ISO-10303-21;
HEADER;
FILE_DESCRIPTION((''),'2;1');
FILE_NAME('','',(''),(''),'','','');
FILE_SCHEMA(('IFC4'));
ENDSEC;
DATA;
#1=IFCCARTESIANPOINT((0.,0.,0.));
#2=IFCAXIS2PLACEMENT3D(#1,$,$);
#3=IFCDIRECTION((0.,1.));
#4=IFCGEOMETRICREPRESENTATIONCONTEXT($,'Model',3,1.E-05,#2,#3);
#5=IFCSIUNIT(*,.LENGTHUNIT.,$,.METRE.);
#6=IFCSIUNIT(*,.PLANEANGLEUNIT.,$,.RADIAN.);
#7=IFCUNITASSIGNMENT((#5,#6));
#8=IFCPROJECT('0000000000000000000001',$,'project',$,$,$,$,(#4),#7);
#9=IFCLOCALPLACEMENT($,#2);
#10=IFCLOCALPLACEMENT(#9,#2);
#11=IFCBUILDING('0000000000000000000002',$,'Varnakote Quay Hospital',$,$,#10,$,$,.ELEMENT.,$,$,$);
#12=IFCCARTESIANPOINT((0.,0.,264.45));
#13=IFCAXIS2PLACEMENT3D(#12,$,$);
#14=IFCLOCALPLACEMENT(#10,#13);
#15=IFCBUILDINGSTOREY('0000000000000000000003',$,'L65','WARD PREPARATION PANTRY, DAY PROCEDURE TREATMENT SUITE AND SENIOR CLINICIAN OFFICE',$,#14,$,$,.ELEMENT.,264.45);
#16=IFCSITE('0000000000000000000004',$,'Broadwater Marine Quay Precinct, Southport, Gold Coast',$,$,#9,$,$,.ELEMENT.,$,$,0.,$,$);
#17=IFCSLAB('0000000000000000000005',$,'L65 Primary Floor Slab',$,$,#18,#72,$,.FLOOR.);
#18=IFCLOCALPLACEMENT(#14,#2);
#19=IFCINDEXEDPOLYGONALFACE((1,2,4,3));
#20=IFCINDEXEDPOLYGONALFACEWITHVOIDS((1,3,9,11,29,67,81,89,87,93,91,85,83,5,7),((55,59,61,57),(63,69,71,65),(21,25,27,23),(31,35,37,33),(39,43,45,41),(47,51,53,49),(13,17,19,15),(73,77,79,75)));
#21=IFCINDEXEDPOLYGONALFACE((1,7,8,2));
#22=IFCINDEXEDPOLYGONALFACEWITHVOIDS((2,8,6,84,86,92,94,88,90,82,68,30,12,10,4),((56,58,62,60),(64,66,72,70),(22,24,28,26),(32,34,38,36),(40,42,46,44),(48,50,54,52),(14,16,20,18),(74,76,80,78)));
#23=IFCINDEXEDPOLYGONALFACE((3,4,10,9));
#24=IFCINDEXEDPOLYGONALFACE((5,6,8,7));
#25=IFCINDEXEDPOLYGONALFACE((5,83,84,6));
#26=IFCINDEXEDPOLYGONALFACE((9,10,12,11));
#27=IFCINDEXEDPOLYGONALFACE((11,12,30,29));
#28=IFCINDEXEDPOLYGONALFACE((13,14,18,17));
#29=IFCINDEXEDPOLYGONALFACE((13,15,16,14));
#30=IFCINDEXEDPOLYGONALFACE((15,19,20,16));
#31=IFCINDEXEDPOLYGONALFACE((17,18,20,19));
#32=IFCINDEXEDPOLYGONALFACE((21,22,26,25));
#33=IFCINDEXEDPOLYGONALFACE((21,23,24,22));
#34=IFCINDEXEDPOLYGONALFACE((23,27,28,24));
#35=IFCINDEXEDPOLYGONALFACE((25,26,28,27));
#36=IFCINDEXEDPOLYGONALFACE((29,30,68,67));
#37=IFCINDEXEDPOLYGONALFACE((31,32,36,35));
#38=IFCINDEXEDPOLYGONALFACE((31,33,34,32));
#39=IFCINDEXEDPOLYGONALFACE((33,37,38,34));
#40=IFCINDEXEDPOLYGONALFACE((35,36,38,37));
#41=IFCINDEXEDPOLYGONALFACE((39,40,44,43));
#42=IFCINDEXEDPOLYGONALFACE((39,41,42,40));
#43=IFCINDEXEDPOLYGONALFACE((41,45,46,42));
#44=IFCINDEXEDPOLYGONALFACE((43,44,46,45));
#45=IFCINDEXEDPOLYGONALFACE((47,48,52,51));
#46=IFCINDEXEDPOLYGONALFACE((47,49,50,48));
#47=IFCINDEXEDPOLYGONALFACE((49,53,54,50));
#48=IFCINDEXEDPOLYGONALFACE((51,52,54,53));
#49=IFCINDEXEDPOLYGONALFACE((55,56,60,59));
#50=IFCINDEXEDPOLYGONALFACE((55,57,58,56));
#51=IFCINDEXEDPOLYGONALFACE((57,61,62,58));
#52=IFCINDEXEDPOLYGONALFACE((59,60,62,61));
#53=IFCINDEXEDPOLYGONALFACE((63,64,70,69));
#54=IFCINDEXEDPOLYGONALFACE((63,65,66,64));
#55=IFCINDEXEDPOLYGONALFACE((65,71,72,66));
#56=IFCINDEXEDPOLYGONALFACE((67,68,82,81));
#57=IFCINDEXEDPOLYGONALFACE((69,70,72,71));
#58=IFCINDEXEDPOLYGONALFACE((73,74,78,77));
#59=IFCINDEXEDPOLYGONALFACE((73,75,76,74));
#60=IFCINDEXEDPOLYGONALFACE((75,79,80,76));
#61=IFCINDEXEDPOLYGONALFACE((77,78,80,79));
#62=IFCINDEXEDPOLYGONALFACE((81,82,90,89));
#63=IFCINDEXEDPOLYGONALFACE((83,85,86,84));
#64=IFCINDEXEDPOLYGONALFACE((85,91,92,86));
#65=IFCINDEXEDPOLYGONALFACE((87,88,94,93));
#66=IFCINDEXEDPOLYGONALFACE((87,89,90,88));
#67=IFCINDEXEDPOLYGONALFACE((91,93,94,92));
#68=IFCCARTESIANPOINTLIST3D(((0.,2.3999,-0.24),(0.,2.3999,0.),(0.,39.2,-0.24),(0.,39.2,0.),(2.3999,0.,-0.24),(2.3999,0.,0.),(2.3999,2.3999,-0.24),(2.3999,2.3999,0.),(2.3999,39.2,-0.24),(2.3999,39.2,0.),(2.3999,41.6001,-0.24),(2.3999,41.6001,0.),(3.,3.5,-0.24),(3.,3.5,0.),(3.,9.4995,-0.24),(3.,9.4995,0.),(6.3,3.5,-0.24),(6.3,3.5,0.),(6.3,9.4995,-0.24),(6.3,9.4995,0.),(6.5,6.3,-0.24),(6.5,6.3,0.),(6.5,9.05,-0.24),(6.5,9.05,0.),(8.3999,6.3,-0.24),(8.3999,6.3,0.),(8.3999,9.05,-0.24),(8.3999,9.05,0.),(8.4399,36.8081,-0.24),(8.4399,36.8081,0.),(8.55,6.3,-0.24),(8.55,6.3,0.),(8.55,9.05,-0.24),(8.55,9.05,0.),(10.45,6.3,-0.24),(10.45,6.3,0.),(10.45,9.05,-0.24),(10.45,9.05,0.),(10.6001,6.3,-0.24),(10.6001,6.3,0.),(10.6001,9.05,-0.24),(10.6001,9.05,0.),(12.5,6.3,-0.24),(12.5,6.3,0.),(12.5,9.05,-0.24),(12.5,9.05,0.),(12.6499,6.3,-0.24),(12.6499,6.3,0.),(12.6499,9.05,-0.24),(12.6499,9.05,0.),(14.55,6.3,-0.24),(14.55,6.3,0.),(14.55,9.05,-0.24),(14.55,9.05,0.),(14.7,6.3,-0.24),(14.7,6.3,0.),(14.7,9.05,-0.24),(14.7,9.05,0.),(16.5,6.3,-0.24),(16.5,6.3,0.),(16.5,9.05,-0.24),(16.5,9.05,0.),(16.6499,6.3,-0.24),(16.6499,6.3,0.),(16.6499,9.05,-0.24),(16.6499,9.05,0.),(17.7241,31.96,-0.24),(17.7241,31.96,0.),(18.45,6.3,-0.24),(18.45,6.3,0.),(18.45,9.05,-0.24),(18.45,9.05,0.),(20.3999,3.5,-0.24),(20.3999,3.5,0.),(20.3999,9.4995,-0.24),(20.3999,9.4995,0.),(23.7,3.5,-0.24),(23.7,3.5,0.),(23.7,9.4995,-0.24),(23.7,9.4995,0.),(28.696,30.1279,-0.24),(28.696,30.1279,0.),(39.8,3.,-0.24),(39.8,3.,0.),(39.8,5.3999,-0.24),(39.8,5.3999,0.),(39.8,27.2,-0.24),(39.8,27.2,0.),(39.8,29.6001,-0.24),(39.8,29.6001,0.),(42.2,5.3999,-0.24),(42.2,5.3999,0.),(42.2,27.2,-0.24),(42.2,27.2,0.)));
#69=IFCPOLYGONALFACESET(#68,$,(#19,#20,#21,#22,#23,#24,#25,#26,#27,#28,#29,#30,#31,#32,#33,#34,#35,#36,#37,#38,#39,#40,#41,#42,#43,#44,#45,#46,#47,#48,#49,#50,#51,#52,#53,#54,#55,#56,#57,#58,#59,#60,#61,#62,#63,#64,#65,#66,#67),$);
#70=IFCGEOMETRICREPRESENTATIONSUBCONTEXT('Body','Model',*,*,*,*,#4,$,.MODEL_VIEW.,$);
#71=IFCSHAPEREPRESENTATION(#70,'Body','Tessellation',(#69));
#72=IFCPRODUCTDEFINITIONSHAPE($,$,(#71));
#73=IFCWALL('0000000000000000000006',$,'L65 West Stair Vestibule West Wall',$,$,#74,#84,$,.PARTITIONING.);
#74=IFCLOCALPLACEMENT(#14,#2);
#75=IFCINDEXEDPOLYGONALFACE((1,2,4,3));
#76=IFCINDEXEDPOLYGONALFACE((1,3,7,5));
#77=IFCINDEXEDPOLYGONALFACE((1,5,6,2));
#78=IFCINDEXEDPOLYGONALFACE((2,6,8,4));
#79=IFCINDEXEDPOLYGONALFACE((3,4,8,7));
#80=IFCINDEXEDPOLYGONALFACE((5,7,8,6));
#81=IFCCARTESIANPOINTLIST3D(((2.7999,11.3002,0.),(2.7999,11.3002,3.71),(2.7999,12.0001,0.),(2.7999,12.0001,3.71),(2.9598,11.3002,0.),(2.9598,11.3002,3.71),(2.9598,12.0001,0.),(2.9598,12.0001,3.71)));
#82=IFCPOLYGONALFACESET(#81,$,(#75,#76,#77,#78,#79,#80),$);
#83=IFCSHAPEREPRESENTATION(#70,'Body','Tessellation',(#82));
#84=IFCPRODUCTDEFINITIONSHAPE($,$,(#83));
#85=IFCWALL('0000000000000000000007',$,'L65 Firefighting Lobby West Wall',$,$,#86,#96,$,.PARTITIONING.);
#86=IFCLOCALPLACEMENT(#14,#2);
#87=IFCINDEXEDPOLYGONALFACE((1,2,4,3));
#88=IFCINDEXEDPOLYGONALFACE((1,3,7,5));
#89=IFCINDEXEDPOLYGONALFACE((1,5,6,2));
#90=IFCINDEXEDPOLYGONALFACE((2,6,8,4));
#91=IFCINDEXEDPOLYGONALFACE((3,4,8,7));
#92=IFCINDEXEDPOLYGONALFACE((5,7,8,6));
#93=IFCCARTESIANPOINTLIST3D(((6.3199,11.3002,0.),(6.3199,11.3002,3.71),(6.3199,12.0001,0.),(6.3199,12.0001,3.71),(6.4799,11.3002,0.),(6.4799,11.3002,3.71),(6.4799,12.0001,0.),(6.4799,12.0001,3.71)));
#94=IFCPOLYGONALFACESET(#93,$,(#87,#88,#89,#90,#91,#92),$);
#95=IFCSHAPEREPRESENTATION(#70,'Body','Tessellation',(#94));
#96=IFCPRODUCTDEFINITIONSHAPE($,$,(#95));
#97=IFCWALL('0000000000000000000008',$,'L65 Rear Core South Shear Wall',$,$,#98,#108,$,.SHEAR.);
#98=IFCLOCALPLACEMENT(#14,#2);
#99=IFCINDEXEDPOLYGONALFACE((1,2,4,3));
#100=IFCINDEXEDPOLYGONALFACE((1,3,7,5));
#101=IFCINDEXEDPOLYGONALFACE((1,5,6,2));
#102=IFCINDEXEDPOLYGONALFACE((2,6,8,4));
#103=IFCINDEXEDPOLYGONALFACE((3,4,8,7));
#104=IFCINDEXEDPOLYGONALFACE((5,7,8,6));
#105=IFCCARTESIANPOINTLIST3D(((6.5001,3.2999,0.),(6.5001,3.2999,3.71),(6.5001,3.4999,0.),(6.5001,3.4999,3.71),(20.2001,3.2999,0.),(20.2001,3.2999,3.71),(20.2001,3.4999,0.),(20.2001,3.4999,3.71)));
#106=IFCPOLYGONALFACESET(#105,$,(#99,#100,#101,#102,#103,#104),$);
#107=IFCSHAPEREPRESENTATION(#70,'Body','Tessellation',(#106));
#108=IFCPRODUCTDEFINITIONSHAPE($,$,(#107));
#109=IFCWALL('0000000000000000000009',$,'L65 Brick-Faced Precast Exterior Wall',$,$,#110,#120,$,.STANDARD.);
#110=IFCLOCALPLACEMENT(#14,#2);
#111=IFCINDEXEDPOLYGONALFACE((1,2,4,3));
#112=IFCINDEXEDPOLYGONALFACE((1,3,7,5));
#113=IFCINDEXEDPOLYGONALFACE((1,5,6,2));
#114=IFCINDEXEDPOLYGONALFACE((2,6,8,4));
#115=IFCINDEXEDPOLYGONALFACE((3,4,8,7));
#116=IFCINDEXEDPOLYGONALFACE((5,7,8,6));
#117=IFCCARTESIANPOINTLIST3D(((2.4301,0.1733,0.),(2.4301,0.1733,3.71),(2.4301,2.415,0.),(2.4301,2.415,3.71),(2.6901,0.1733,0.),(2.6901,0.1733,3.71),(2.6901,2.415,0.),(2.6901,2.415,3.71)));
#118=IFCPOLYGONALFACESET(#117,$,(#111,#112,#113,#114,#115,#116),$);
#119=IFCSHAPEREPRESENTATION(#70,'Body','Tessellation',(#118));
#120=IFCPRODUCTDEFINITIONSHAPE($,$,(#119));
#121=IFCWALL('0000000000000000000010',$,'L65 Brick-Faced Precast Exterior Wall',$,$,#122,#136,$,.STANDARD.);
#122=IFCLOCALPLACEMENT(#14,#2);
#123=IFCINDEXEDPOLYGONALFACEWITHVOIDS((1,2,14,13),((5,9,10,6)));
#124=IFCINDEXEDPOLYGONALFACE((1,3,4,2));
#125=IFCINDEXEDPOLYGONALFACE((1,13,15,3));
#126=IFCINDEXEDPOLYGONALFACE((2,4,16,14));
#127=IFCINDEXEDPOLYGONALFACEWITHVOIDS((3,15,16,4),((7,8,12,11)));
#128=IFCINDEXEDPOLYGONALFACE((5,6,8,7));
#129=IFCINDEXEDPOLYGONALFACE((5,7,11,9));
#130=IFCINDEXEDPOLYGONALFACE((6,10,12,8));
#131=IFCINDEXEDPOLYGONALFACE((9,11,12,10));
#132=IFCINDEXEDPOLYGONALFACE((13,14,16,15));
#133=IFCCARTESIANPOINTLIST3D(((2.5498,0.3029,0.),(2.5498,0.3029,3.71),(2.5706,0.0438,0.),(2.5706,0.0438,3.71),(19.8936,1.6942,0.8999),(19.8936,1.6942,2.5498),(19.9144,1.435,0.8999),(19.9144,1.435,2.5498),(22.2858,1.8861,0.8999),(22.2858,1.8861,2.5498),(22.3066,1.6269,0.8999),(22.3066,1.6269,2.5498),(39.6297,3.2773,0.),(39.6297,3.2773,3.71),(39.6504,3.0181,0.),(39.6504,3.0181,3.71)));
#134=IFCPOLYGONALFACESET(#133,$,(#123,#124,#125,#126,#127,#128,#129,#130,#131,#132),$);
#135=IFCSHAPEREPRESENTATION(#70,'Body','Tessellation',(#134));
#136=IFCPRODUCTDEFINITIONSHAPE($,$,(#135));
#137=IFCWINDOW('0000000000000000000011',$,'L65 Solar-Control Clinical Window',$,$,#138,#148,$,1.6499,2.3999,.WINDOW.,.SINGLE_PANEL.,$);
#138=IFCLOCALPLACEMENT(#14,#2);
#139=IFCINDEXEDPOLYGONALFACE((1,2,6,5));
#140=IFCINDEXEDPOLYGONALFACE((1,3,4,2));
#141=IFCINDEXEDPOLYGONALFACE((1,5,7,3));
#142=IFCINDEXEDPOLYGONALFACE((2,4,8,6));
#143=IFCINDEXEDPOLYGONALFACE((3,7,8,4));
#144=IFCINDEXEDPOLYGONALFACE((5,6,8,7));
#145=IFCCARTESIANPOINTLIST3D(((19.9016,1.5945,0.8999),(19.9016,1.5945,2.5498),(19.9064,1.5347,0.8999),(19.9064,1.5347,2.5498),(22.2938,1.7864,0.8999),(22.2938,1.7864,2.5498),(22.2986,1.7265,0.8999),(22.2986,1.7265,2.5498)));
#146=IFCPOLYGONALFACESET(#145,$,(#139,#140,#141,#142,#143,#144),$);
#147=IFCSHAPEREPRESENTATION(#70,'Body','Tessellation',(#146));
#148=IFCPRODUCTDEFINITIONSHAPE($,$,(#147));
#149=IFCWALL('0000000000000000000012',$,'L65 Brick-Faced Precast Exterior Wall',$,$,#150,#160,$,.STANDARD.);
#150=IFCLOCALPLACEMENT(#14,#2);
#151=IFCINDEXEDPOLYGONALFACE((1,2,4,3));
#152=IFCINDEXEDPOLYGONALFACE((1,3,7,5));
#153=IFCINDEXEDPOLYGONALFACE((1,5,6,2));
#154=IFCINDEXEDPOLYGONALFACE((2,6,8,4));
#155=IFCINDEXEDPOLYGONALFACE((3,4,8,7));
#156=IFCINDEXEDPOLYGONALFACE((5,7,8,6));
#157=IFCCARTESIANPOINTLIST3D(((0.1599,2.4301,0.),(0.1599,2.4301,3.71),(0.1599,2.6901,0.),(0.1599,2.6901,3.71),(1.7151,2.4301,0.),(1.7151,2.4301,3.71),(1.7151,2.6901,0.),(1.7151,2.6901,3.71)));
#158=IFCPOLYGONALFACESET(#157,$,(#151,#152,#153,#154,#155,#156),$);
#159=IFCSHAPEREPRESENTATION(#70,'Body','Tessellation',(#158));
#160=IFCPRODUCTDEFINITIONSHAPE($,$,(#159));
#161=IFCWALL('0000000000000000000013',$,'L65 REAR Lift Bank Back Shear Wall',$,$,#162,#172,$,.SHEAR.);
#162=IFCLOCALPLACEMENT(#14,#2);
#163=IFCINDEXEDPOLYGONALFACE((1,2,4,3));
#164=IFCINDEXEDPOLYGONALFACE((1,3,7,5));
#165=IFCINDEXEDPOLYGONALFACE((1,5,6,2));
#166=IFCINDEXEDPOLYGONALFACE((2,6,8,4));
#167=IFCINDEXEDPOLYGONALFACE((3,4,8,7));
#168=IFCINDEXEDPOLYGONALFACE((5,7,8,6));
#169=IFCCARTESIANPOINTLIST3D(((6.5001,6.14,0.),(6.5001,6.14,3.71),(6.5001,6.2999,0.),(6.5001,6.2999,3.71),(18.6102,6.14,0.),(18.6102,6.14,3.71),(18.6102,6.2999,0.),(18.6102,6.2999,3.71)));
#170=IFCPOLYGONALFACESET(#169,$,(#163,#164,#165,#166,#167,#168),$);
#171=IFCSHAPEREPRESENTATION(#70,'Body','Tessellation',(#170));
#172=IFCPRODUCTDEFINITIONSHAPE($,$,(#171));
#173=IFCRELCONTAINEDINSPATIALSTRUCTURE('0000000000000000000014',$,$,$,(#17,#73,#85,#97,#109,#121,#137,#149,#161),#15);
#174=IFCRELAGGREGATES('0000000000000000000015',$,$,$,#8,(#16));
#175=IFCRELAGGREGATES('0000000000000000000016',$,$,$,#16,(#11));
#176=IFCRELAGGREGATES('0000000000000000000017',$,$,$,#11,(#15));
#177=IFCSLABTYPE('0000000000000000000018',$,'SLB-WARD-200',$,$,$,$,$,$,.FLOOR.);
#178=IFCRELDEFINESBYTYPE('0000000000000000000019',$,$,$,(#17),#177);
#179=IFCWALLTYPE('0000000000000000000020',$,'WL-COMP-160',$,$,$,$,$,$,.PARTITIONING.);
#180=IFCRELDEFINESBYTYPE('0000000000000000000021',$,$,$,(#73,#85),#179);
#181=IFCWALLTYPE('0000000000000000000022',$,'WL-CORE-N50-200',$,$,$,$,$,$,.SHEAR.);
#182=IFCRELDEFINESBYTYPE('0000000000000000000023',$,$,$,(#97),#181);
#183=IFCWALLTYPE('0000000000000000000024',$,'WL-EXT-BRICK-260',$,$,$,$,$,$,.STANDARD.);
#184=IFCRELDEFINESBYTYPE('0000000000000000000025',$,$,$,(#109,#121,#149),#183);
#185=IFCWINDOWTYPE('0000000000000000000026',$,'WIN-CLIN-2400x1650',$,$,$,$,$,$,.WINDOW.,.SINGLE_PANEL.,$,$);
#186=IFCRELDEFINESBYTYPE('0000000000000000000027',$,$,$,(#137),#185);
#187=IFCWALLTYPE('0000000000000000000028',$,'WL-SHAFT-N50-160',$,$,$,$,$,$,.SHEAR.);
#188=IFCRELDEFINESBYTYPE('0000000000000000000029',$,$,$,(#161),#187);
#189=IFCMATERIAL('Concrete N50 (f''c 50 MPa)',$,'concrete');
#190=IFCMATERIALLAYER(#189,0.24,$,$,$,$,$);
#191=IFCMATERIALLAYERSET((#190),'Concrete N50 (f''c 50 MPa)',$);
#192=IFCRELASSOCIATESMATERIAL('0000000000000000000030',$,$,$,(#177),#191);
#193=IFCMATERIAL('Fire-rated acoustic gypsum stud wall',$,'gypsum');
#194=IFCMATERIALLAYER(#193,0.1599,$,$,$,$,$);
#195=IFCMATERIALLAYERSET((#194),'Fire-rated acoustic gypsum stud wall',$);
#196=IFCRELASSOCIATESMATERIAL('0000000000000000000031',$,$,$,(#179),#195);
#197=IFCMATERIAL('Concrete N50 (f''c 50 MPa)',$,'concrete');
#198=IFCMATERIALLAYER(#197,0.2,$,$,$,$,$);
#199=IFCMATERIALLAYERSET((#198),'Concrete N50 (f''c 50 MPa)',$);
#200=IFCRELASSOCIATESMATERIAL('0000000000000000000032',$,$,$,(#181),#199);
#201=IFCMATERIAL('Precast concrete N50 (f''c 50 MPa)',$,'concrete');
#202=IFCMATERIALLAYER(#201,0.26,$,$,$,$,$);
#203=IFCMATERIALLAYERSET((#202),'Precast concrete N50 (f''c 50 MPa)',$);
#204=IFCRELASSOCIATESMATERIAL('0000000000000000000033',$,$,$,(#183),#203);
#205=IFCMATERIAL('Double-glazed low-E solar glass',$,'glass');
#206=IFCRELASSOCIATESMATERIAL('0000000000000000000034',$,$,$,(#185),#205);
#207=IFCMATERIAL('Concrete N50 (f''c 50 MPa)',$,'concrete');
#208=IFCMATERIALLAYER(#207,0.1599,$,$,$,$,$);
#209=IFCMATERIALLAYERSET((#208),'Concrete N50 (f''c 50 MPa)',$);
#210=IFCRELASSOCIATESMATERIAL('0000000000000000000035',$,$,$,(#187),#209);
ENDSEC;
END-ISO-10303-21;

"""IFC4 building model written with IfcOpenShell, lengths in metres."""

from ifc_helpers import new_model, si_unit, direction, frame, frame_2d, origin, place, context, subcontext, project, spatial, polyline, rectangle, outline, extrude, material, layer, layer_set, type_object, element, fill, save


model = new_model("IFC4")

# Units and contexts
model_context = context("Model", 3, precision=1e-05, world=origin(), true_north=direction((0.0, 1.0)))
body_context = subcontext(model_context, "Body", "Model", "MODEL_VIEW")
ifc_project = project(units=[si_unit("LENGTHUNIT", "METRE"), si_unit("PLANEANGLEUNIT", "RADIAN")], contexts=[model_context])

# Site, building, storey
site_placement = place(None, origin())
site = spatial("IfcSite", under=ifc_project, at=site_placement, Name="Broadwater Marine Quay Precinct, Southport, Gold Coast", CompositionType="ELEMENT", RefElevation=0.0)
building_placement = place(site_placement, origin())
building = spatial("IfcBuilding", under=site, at=building_placement, Name="Varnakote Quay Hospital", CompositionType="ELEMENT")
storey_placement = place(building_placement, frame((0.0, 0.0, 264.45)))
storey = spatial("IfcBuildingStorey", under=building, at=storey_placement, Name="L65", Description="WARD PREPARATION PANTRY, DAY PROCEDURE TREATMENT SUITE AND SENIOR CLINICIAN OFFICE", CompositionType="ELEMENT", Elevation=264.45)

# Slab
ifc_material_1 = material(Name="Concrete N50 (f'c 50 MPa)", Category="concrete")
ifc_layer_1 = layer(ifc_material_1, 0.24)
ifc_layer_set_1 = layer_set([ifc_layer_1], Name="Concrete N50 (f'c 50 MPa)")
slab_type_1 = type_object("IfcSlabType", Name="SLB-WARD-200", PredefinedType="FLOOR", material=ifc_layer_set_1)
slab_1_placement = place(storey_placement, frame((0.0, 0.0, -0.24)))
element("IfcSlab", 1, at=slab_1_placement, inside=storey, type_object=slab_type_1, Name="L65 Primary Floor Slab", PredefinedType="FLOOR", context=body_context, shape_type="SweptSolid", body=[
    extrude(outline(polyline([(0.0, 2.3999), (2.3999, 2.3999), (2.3999, 0.0), (39.8, 3.0), (39.8, 5.3999), (42.2, 5.3999), (42.2, 27.2), (39.8, 27.2), (39.8, 29.6001), (28.696, 30.1279), (17.7241, 31.96), (8.4399, 36.8081), (2.3999, 41.6001), (2.3999, 39.2), (0.0, 39.2), (0.0, 2.3999)]), holes=[polyline([(3.0, 3.5), (6.3, 3.5), (6.3, 9.4995), (3.0, 9.4995), (3.0, 3.5)]), polyline([(20.3999, 3.5), (23.7, 3.5), (23.7, 9.4995), (20.3999, 9.4995), (20.3999, 3.5)]), polyline([(6.5, 6.3), (8.3999, 6.3), (8.3999, 9.05), (6.5, 9.05), (6.5, 6.3)]), polyline([(8.55, 6.3), (10.45, 6.3), (10.45, 9.05), (8.55, 9.05), (8.55, 6.3)]), polyline([(10.6001, 6.3), (12.5, 6.3), (12.5, 9.05), (10.6001, 9.05), (10.6001, 6.3)]), polyline([(12.6499, 6.3), (14.55, 6.3), (14.55, 9.05), (12.6499, 9.05), (12.6499, 6.3)]), polyline([(14.7, 6.3), (16.5, 6.3), (16.5, 9.05), (14.7, 9.05), (14.7, 6.3)]), polyline([(16.6499, 6.3), (18.45, 6.3), (18.45, 9.05), (16.6499, 9.05), (16.6499, 6.3)])]), origin(), (0.0, 0.0, 1.0), 0.24),
])

# Walls
ifc_material_2 = material(Name="Fire-rated acoustic gypsum stud wall", Category="gypsum")
ifc_layer_2 = layer(ifc_material_2, 0.1599)
ifc_layer_set_2 = layer_set([ifc_layer_2], Name="Fire-rated acoustic gypsum stud wall")
wall_type_1 = type_object("IfcWallType", Name="WL-COMP-160", PredefinedType="PARTITIONING", material=ifc_layer_set_2)
for number, where, z_axis, x_axis, name in (
    (2, (2.8799, 11.3, 0.0), (0.0, 0.0, 1.0), (0.0, 1.0, 0.0), "L65 West Stair Vestibule West Wall"),
    (3, (6.3999, 11.3, 0.0), (0.0, 0.0, 1.0), (0.0, 1.0, 0.0), "L65 Firefighting Lobby West Wall"),
):
    element("IfcWall", number, at=place(storey_placement, frame(where, z_axis=z_axis, x_axis=x_axis)), inside=storey, type_object=wall_type_1, Name=name, PredefinedType="PARTITIONING", context=body_context, shape_type="SweptSolid", body=[
        extrude(rectangle(XDim=0.7, YDim=0.1599, at=frame_2d((0.3501, 0.0))), origin(), (0.0, 0.0, 1.0), 3.71),
    ])
ifc_material_3 = material(Name="Concrete N50 (f'c 50 MPa)", Category="concrete")
ifc_layer_3 = layer(ifc_material_3, 0.2)
ifc_layer_set_3 = layer_set([ifc_layer_3], Name="Concrete N50 (f'c 50 MPa)")
wall_type_2 = type_object("IfcWallType", Name="WL-CORE-N50-200", PredefinedType="SHEAR", material=ifc_layer_set_3)
wall_1_placement = place(storey_placement, frame((6.5, 3.3999, 0.0), z_axis=(0.0, 0.0, 1.0), x_axis=(1.0, 0.0, 0.0)))
element("IfcWall", 4, at=wall_1_placement, inside=storey, type_object=wall_type_2, Name="L65 Rear Core South Shear Wall", PredefinedType="SHEAR", context=body_context, shape_type="SweptSolid", body=[
    extrude(rectangle(XDim=13.7, YDim=0.2, at=frame_2d((6.8501, 0.0))), origin(), (0.0, 0.0, 1.0), 3.71),
])
ifc_material_4 = material(Name="Precast concrete N50 (f'c 50 MPa)", Category="concrete")
ifc_layer_4 = layer(ifc_material_4, 0.26)
ifc_layer_set_4 = layer_set([ifc_layer_4], Name="Precast concrete N50 (f'c 50 MPa)")
wall_type_3 = type_object("IfcWallType", Name="WL-EXT-BRICK-260", PredefinedType="STANDARD", material=ifc_layer_set_4)
wall_2_placement = place(storey_placement, frame((2.5601, 2.415, 0.0), z_axis=(0.0, 0.0, 1.0), x_axis=(0.0, -1.0, 0.0)))
element("IfcWall", 5, at=wall_2_placement, inside=storey, type_object=wall_type_3, Name="L65 Brick-Faced Precast Exterior Wall", PredefinedType="STANDARD", context=body_context, shape_type="SweptSolid", body=[
    extrude(rectangle(XDim=2.2417, YDim=0.26, at=frame_2d((1.1208, 0.0))), origin(), (0.0, 0.0, 1.0), 3.71),
])

# Wall, opening, window
wall_3_placement = place(storey_placement, frame((2.5601, 0.1733, 0.0), z_axis=(0.0, 0.0, 1.0), x_axis=(0.996798, 0.079958, 0.0)))
wall_3 = element("IfcWall", 6, at=wall_3_placement, inside=storey, type_object=wall_type_3, Name="L65 Brick-Faced Precast Exterior Wall", PredefinedType="STANDARD", context=body_context, shape_type="SweptSolid", body=[
    extrude(rectangle(XDim=37.199, YDim=0.26, at=frame_2d((18.5996, 0.0))), origin(), (0.0, 0.0, 1.0), 3.71),
])
opening_1_placement = place(wall_3_placement, frame((17.3997, 0.0, 0.8999)))
opening_1 = element("IfcOpeningElement", 7, at=opening_1_placement, cuts=wall_3, PredefinedType="OPENING", context=body_context, shape_type="SweptSolid", body=[
    extrude(rectangle(XDim=2.3999, YDim=1.6499, at=frame_2d((1.2, 0.825))), frame((0.0, 0.1399, 0.0), z_axis=(0.0, -1.0, 0.0), x_axis=(1.0, 0.0, 0.0)), (0.0, 0.0, 1.0), 0.28),
])
ifc_material_5 = material(Name="Double-glazed low-E solar glass", Category="glass")
window_type = type_object("IfcWindowType", Name="WIN-CLIN-2400x1650", PartitioningType="SINGLE_PANEL", PredefinedType="WINDOW", material=ifc_material_5)
window_placement = place(opening_1_placement, origin())
window = element("IfcWindow", 8, at=window_placement, inside=storey, type_object=window_type, Name="L65 Solar-Control Clinical Window", OverallHeight=1.6499, OverallWidth=2.3999, PartitioningType="SINGLE_PANEL", PredefinedType="WINDOW", context=body_context, shape_type="SweptSolid", body=[
    extrude(rectangle(XDim=2.3999, YDim=1.6499, at=frame_2d((1.2, 0.825))), frame((0.0, 0.03, 0.0), z_axis=(0.0, -1.0, 0.0), x_axis=(1.0, 0.0, 0.0)), (0.0, 0.0, 1.0), 0.0601),
])
fill(opening_1, window)

# Walls
wall_4_placement = place(storey_placement, frame((0.1599, 2.5601, 0.0), z_axis=(0.0, 0.0, 1.0), x_axis=(1.0, 0.0, 0.0)))
element("IfcWall", 9, at=wall_4_placement, inside=storey, type_object=wall_type_3, Name="L65 Brick-Faced Precast Exterior Wall", PredefinedType="STANDARD", context=body_context, shape_type="SweptSolid", body=[
    extrude(rectangle(XDim=1.5552, YDim=0.26, at=frame_2d((0.7776, 0.0))), origin(), (0.0, 0.0, 1.0), 3.71),
])
ifc_material_6 = material(Name="Concrete N50 (f'c 50 MPa)", Category="concrete")
ifc_layer_5 = layer(ifc_material_6, 0.1599)
ifc_layer_set_5 = layer_set([ifc_layer_5], Name="Concrete N50 (f'c 50 MPa)")
wall_type_4 = type_object("IfcWallType", Name="WL-SHAFT-N50-160", PredefinedType="SHEAR", material=ifc_layer_set_5)
wall_5_placement = place(storey_placement, frame((6.5, 6.22, 0.0), z_axis=(0.0, 0.0, 1.0), x_axis=(1.0, 0.0, 0.0)))
element("IfcWall", 10, at=wall_5_placement, inside=storey, type_object=wall_type_4, Name="L65 REAR Lift Bank Back Shear Wall", PredefinedType="SHEAR", context=body_context, shape_type="SweptSolid", body=[
    extrude(rectangle(XDim=12.1101, YDim=0.1599, at=frame_2d((6.0552, 0.0))), origin(), (0.0, 0.0, 1.0), 3.71),
])

save(model, "model.ifc")
